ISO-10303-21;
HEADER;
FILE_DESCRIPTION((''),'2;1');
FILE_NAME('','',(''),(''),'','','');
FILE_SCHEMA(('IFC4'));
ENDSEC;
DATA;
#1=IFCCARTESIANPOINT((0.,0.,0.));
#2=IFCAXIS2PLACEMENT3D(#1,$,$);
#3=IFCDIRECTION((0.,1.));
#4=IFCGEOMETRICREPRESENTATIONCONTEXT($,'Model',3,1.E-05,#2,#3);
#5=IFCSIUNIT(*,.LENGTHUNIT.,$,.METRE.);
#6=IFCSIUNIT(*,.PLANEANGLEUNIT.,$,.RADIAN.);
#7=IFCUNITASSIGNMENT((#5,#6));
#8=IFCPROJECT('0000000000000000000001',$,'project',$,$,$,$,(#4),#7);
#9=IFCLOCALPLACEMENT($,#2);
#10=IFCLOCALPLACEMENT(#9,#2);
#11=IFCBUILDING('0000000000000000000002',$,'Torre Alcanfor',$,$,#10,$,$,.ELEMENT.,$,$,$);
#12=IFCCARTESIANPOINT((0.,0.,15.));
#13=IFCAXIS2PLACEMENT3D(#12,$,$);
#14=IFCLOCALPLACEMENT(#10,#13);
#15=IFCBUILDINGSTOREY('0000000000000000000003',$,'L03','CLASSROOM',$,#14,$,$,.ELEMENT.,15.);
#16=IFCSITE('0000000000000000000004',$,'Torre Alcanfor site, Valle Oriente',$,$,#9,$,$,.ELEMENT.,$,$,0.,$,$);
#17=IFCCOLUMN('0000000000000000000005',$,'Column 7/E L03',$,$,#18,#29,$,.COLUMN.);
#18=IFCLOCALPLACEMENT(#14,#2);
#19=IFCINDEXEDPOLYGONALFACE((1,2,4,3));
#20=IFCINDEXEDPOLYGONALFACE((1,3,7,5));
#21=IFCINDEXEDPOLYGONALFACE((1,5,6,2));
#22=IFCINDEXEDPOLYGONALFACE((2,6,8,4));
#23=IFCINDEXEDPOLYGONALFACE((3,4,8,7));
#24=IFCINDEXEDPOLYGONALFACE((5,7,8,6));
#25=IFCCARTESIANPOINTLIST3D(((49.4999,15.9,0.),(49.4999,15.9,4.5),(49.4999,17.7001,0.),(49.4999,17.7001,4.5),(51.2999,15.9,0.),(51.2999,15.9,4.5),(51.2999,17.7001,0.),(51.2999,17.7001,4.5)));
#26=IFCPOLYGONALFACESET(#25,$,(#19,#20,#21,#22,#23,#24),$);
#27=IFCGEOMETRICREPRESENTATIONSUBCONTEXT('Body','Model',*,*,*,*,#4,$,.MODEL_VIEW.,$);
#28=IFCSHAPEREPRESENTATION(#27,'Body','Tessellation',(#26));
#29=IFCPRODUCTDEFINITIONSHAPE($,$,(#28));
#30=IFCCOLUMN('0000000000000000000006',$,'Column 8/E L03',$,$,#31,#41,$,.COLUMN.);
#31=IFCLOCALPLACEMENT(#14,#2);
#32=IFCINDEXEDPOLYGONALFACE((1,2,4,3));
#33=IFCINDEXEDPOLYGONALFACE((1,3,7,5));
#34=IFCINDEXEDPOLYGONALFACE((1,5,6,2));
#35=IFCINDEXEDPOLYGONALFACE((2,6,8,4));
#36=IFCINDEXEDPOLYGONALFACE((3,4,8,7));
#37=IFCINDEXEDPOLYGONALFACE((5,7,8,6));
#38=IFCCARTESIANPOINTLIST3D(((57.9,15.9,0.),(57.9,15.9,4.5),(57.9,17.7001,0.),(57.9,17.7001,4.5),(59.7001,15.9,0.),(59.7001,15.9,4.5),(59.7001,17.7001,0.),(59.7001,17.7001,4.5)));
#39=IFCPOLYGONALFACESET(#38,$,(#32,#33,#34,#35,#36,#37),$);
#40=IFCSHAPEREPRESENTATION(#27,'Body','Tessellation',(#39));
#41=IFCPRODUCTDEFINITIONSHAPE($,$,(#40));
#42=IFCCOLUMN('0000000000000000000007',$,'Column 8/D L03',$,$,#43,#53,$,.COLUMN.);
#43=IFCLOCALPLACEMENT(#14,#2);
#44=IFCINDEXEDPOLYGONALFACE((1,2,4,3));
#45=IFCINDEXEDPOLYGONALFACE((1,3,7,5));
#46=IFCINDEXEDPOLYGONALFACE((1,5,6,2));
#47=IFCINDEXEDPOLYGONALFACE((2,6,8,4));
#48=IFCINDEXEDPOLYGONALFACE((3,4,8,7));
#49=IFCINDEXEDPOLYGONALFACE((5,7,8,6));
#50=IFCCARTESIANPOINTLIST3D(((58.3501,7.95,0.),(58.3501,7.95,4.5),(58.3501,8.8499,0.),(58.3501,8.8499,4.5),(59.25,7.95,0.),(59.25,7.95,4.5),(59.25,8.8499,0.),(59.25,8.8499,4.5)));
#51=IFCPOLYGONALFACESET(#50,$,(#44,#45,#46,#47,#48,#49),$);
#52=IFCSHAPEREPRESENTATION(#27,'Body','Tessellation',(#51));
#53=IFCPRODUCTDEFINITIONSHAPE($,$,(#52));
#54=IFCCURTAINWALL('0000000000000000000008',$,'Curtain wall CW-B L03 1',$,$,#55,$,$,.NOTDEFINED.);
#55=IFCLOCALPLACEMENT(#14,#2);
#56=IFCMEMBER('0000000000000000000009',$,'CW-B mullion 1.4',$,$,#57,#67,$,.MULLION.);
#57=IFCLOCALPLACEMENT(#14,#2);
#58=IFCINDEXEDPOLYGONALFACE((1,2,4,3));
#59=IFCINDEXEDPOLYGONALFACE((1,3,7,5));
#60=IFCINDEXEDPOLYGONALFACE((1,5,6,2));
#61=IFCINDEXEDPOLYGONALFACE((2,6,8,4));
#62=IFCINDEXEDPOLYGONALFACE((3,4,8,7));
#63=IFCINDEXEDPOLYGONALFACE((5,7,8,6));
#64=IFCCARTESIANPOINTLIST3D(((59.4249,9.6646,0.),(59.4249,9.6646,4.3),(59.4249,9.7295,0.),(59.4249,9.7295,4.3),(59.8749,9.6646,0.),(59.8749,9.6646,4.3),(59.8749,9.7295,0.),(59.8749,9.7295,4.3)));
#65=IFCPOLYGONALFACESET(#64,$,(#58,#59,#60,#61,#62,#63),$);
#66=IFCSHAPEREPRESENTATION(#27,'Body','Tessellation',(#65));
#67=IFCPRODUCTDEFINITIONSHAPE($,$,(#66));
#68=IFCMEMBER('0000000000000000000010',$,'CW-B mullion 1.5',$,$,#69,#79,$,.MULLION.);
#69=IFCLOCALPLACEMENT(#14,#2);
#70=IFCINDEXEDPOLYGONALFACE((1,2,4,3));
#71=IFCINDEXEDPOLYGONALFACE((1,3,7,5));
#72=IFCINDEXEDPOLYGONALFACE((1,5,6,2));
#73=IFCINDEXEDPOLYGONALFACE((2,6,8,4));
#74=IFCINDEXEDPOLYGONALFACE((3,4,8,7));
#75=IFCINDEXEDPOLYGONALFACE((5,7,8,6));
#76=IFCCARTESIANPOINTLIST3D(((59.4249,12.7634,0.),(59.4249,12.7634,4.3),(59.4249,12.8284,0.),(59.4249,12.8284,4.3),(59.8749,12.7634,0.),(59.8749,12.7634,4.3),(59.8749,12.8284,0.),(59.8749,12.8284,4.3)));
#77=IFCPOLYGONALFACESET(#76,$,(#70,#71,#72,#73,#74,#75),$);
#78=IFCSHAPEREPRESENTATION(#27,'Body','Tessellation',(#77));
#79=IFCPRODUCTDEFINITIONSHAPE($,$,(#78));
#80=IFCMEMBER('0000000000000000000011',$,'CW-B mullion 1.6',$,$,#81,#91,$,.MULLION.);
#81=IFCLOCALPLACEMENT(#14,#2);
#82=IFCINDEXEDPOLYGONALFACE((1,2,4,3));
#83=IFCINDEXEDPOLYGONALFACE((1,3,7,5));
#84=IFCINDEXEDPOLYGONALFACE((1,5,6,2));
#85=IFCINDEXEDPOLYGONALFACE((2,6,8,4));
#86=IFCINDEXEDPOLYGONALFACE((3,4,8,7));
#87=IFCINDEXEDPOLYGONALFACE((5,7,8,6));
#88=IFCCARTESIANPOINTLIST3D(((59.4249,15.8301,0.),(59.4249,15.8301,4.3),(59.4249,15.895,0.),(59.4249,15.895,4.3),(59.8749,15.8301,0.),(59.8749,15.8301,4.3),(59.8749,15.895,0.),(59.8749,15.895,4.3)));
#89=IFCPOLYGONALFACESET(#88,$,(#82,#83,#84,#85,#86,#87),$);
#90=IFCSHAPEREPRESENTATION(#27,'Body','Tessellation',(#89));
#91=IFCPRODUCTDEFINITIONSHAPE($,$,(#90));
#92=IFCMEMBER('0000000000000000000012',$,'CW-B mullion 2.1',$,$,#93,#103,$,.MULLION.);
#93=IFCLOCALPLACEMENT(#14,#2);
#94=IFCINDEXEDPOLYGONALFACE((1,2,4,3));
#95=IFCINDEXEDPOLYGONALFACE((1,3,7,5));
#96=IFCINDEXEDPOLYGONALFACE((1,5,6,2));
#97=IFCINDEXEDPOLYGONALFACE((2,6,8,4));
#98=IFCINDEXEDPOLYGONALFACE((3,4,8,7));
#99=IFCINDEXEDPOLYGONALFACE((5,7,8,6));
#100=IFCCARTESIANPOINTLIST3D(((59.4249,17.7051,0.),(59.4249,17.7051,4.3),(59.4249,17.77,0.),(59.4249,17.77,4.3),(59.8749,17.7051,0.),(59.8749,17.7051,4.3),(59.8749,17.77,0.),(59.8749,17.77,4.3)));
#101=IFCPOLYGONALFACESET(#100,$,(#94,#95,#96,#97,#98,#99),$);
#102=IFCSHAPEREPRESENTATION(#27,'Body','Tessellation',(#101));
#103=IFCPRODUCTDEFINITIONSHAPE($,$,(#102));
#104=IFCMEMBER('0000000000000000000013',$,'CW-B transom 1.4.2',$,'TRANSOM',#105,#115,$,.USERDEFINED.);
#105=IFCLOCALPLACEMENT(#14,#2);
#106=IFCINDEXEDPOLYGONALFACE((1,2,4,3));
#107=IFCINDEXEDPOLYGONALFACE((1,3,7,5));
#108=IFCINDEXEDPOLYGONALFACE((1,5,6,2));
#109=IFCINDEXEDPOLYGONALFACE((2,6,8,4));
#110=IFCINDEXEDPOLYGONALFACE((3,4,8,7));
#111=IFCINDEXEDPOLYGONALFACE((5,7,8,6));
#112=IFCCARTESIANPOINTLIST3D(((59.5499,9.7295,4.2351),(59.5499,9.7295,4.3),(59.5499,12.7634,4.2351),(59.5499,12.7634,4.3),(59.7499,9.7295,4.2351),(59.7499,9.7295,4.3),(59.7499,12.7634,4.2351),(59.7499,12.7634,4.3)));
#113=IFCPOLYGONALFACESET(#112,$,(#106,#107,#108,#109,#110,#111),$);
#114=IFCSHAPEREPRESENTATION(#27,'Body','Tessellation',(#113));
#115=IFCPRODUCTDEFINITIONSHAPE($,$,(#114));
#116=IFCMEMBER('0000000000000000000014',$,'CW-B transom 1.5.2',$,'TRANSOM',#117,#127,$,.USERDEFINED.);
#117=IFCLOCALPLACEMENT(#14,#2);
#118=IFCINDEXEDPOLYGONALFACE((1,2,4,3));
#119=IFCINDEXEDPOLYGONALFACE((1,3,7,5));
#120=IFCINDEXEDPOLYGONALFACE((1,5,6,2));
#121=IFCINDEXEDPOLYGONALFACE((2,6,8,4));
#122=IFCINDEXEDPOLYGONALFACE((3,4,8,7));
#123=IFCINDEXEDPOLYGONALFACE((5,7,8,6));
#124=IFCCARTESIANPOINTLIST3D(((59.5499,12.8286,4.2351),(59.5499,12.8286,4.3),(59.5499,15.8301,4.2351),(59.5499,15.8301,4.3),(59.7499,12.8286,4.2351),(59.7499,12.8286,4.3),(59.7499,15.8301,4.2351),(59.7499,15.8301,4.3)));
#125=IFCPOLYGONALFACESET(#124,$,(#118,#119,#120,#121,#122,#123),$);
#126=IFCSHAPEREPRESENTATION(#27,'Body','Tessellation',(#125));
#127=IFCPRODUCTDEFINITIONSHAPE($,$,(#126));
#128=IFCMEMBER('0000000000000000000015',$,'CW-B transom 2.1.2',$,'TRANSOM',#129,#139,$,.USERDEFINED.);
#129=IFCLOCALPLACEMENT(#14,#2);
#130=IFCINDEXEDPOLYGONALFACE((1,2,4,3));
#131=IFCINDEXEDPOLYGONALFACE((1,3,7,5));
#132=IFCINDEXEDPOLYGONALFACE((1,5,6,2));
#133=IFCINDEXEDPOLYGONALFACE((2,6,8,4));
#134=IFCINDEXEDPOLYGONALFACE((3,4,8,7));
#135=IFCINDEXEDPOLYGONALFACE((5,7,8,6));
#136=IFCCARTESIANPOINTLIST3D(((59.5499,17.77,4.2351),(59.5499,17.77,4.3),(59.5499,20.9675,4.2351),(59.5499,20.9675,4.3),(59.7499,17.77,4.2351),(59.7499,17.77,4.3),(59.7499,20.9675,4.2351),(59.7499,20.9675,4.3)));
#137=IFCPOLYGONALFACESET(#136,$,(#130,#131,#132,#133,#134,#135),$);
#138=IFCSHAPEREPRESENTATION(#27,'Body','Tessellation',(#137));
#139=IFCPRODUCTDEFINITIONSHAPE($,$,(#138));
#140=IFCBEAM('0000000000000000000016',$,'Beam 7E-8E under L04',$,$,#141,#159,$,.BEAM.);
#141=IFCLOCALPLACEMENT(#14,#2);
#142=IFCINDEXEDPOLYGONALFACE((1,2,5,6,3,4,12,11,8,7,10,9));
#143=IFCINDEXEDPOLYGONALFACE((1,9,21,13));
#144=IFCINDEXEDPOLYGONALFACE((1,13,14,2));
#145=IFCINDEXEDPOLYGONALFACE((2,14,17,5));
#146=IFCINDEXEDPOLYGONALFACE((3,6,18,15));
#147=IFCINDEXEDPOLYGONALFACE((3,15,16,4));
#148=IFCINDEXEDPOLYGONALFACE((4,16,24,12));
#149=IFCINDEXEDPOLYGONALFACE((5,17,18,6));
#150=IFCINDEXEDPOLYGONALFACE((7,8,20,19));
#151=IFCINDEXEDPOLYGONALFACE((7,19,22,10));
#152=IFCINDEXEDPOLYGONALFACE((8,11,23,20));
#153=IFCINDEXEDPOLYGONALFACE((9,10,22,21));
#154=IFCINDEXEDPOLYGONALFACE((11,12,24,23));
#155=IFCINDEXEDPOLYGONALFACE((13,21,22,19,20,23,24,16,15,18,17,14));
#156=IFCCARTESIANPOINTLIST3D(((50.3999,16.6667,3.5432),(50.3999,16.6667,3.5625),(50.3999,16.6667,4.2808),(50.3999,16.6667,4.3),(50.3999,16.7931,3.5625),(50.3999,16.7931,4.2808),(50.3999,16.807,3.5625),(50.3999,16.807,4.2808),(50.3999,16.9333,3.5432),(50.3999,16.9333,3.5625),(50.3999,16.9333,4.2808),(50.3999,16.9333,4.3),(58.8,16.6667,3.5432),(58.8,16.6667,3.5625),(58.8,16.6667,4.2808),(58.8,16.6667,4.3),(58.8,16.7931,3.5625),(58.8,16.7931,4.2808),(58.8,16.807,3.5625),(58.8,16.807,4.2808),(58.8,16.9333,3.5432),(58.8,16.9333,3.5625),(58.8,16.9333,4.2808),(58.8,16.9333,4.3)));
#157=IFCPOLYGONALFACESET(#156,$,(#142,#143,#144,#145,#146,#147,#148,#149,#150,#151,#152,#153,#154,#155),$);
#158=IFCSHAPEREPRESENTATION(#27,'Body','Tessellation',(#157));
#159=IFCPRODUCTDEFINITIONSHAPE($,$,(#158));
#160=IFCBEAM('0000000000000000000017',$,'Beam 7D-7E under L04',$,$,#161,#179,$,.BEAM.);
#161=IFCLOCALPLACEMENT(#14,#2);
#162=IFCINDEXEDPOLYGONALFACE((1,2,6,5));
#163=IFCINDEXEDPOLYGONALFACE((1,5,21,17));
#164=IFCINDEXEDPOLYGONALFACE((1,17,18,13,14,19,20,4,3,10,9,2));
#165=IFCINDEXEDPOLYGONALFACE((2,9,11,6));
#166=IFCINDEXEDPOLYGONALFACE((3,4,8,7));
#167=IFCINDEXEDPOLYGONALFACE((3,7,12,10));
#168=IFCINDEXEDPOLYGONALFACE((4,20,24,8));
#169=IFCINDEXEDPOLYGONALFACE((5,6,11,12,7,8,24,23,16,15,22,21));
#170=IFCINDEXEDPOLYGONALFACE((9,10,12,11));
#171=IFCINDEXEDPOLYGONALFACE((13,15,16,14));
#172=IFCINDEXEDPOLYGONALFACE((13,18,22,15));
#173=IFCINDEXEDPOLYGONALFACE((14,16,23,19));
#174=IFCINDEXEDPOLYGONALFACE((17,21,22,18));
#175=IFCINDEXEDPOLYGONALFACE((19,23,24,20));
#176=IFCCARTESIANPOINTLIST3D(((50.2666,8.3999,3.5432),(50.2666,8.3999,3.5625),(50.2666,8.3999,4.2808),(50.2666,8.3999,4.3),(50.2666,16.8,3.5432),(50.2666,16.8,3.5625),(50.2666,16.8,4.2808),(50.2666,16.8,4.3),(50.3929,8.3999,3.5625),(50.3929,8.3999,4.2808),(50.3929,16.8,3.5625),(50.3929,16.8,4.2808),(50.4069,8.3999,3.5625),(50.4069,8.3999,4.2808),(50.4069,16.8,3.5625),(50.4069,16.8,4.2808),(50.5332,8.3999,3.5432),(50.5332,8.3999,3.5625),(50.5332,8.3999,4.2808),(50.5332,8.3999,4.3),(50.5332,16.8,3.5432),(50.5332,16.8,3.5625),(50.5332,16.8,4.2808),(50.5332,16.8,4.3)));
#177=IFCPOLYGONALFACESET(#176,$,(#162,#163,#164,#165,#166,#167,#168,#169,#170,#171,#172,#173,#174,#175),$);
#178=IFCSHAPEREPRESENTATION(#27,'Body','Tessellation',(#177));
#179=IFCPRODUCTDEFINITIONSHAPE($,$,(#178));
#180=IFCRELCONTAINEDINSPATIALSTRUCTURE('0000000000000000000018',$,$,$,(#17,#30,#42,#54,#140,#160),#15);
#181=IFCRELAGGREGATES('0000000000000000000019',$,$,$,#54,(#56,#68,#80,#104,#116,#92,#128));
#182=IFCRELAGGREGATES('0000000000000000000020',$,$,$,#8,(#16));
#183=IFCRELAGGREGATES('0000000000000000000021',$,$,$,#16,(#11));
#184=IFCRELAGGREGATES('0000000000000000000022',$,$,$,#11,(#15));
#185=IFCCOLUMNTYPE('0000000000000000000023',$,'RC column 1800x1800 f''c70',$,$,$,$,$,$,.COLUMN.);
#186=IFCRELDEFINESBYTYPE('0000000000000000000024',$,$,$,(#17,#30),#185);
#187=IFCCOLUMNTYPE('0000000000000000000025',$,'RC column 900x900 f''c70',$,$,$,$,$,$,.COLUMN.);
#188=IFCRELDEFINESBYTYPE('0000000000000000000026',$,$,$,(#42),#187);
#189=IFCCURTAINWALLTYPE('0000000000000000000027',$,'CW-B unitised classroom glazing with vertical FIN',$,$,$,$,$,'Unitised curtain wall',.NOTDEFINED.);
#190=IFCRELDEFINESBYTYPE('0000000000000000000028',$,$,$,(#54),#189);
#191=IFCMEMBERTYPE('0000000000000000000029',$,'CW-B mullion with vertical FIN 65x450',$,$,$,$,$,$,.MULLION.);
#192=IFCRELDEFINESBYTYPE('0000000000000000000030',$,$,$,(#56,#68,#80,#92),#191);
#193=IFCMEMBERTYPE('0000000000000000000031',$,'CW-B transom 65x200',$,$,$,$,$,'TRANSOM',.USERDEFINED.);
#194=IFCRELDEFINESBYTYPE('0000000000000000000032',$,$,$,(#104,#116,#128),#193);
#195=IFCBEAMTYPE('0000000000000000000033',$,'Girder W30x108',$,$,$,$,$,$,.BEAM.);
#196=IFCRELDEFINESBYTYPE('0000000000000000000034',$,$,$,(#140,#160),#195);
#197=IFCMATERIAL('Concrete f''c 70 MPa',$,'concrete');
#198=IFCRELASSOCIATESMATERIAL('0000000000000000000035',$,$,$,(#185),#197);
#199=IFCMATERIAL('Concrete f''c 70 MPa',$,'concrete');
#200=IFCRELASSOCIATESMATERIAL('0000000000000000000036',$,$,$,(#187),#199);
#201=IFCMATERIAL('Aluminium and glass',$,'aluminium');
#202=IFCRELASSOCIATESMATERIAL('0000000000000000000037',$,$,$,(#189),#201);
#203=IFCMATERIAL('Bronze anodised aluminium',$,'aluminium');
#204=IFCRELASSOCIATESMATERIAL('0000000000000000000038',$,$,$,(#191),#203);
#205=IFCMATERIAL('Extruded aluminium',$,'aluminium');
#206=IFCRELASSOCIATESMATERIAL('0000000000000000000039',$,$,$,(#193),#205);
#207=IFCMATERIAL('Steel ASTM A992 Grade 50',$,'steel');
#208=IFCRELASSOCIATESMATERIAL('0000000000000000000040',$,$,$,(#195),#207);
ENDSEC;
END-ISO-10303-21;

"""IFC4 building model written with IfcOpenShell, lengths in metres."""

from ifc_helpers import new_model, si_unit, direction, frame, origin, origin_2d, place, context, subcontext, project, spatial, rectangle, i_section, extrude, material, material_profile, profile_set, type_object, element, aggregate, save


model = new_model("IFC4")

# Units and contexts
model_context = context("Model", 3, precision=1e-05, world=origin(), true_north=direction((0.0, 1.0)))
body_context = subcontext(model_context, "Body", "Model", "MODEL_VIEW")
ifc_project = project(units=[si_unit("LENGTHUNIT", "METRE"), si_unit("PLANEANGLEUNIT", "RADIAN")], contexts=[model_context])

# Site, building, storey
site_placement = place(None, origin())
site = spatial("IfcSite", under=ifc_project, at=site_placement, Name="Torre Alcanfor site, Valle Oriente", CompositionType="ELEMENT", RefElevation=0.0)
building_placement = place(site_placement, origin())
building = spatial("IfcBuilding", under=site, at=building_placement, Name="Torre Alcanfor", CompositionType="ELEMENT")
storey_placement = place(building_placement, frame((0.0, 0.0, 15.0)))
storey = spatial("IfcBuildingStorey", under=building, at=storey_placement, Name="L03", Description="CLASSROOM", CompositionType="ELEMENT", Elevation=15.0)

# Columns
ifc_material_1 = material(Name="Concrete f'c 70 MPa", Category="concrete")
ifc_material_profile_1 = material_profile(ifc_material_1, rectangle(XDim=1.8, YDim=1.8, at=origin_2d()), Name="1800x1800")
ifc_profile_set_1 = profile_set([ifc_material_profile_1], Name="Concrete f'c 70 MPa")
column_type_1 = type_object("IfcColumnType", Name="RC column 1800x1800 f'c70", PredefinedType="COLUMN", material=ifc_profile_set_1)
for number, where, z_axis, x_axis, name in (
    (1, (50.3999, 16.8, 0.0), (0.0, 0.0, 1.0), (1.0, 0.0, 0.0), "Column 7/E L03"),
    (2, (58.8, 16.8, 0.0), (0.0, 0.0, 1.0), (1.0, 0.0, 0.0), "Column 8/E L03"),
):
    element("IfcColumn", number, at=place(storey_placement, frame(where, z_axis=z_axis, x_axis=x_axis)), inside=storey, type_object=column_type_1, Name=name, PredefinedType="COLUMN", context=body_context, shape_type="SweptSolid", body=[
        extrude(rectangle(XDim=1.8, YDim=1.8, at=origin_2d()), origin(), (0.0, 0.0, 1.0), 4.5),
    ])
ifc_material_2 = material(Name="Concrete f'c 70 MPa", Category="concrete")
ifc_material_profile_2 = material_profile(ifc_material_2, rectangle(XDim=0.8999, YDim=0.8999, at=origin_2d()), Name="900x900")
ifc_profile_set_2 = profile_set([ifc_material_profile_2], Name="Concrete f'c 70 MPa")
column_type_2 = type_object("IfcColumnType", Name="RC column 900x900 f'c70", PredefinedType="COLUMN", material=ifc_profile_set_2)
column_placement = place(storey_placement, frame((58.8, 8.3999, 0.0), z_axis=(0.0, 0.0, 1.0), x_axis=(1.0, 0.0, 0.0)))
element("IfcColumn", 3, at=column_placement, inside=storey, type_object=column_type_2, Name="Column 8/D L03", PredefinedType="COLUMN", context=body_context, shape_type="SweptSolid", body=[
    extrude(rectangle(XDim=0.8999, YDim=0.8999, at=origin_2d()), origin(), (0.0, 0.0, 1.0), 4.5),
])

# Curtain wall, members
ifc_material_3 = material(Name="Aluminium and glass", Category="aluminium")
curtain_wall_type = type_object("IfcCurtainWallType", Name="CW-B unitised classroom glazing with vertical FIN", ElementType="Unitised curtain wall", PredefinedType="NOTDEFINED", material=ifc_material_3)
curtain_wall_placement = place(storey_placement, origin())
curtain_wall = element("IfcCurtainWall", 4, at=curtain_wall_placement, inside=storey, type_object=curtain_wall_type, Name="Curtain wall CW-B L03 1", PredefinedType="NOTDEFINED")
ifc_material_4 = material(Name="Bronze anodised aluminium", Category="aluminium")
ifc_material_profile_3 = material_profile(ifc_material_4, rectangle(XDim=0.45, YDim=0.0649, at=origin_2d()), Name="CW-B mullion 65x450")
ifc_profile_set_3 = profile_set([ifc_material_profile_3], Name="Bronze anodised aluminium")
member_type_1 = type_object("IfcMemberType", Name="CW-B mullion with vertical FIN 65x450", PredefinedType="MULLION", material=ifc_profile_set_3)
member_1_placement = place(storey_placement, frame((59.6499, 9.697, 0.0), z_axis=(0.0, 0.0, 1.0), x_axis=(-1.0, 0.0, 0.0)))
member_1 = element("IfcMember", 5, at=member_1_placement, type_object=member_type_1, Name="CW-B mullion 1.4", PredefinedType="MULLION", context=body_context, shape_type="SweptSolid", body=[
    extrude(rectangle(XDim=0.45, YDim=0.0649, at=origin_2d()), origin(), (0.0, 0.0, 1.0), 4.3),
])
member_2_placement = place(storey_placement, frame((59.6499, 12.7959, 0.0), z_axis=(0.0, 0.0, 1.0), x_axis=(-1.0, 0.0, 0.0)))
member_2 = element("IfcMember", 6, at=member_2_placement, type_object=member_type_1, Name="CW-B mullion 1.5", PredefinedType="MULLION", context=body_context, shape_type="SweptSolid", body=[
    extrude(rectangle(XDim=0.45, YDim=0.0649, at=origin_2d()), origin(), (0.0, 0.0, 1.0), 4.3),
])
member_3_placement = place(storey_placement, frame((59.6499, 15.8625, 0.0), z_axis=(0.0, 0.0, 1.0), x_axis=(-1.0, 0.0, 0.0)))
member_3 = element("IfcMember", 7, at=member_3_placement, type_object=member_type_1, Name="CW-B mullion 1.6", PredefinedType="MULLION", context=body_context, shape_type="SweptSolid", body=[
    extrude(rectangle(XDim=0.45, YDim=0.0649, at=origin_2d()), origin(), (0.0, 0.0, 1.0), 4.3),
])
member_4_placement = place(storey_placement, frame((59.6499, 17.7375, 0.0), z_axis=(0.0, 0.0, 1.0), x_axis=(-1.0, 0.0, 0.0)))
member_4 = element("IfcMember", 8, at=member_4_placement, type_object=member_type_1, Name="CW-B mullion 2.1", PredefinedType="MULLION", context=body_context, shape_type="SweptSolid", body=[
    extrude(rectangle(XDim=0.45, YDim=0.0649, at=origin_2d()), origin(), (0.0, 0.0, 1.0), 4.3),
])
ifc_material_5 = material(Name="Extruded aluminium", Category="aluminium")
ifc_material_profile_4 = material_profile(ifc_material_5, rectangle(XDim=0.2, YDim=0.0649, at=origin_2d()), Name="CW-B transom 200x65")
ifc_profile_set_4 = profile_set([ifc_material_profile_4], Name="Extruded aluminium")
member_type_2 = type_object("IfcMemberType", Name="CW-B transom 65x200", ElementType="TRANSOM", PredefinedType="USERDEFINED", material=ifc_profile_set_4)
member_5_placement = place(storey_placement, frame((59.6499, 9.7295, 4.2676), z_axis=(0.0, 1.0, 0.0), x_axis=(-1.0, 0.0, 0.0)))
member_5 = element("IfcMember", 9, at=member_5_placement, type_object=member_type_2, Name="CW-B transom 1.4.2", ObjectType="TRANSOM", PredefinedType="USERDEFINED", context=body_context, shape_type="SweptSolid", body=[
    extrude(rectangle(XDim=0.2, YDim=0.0649, at=origin_2d()), origin(), (0.0, 0.0, 1.0), 3.0339),
])
member_6_placement = place(storey_placement, frame((59.6499, 12.8286, 4.2676), z_axis=(0.0, 1.0, 0.0), x_axis=(-1.0, 0.0, 0.0)))
member_6 = element("IfcMember", 10, at=member_6_placement, type_object=member_type_2, Name="CW-B transom 1.5.2", ObjectType="TRANSOM", PredefinedType="USERDEFINED", context=body_context, shape_type="SweptSolid", body=[
    extrude(rectangle(XDim=0.2, YDim=0.0649, at=origin_2d()), origin(), (0.0, 0.0, 1.0), 3.0015),
])
member_7_placement = place(storey_placement, frame((59.6499, 17.77, 4.2676), z_axis=(0.0, 1.0, 0.0), x_axis=(-1.0, 0.0, 0.0)))
member_7 = element("IfcMember", 11, at=member_7_placement, type_object=member_type_2, Name="CW-B transom 2.1.2", ObjectType="TRANSOM", PredefinedType="USERDEFINED", context=body_context, shape_type="SweptSolid", body=[
    extrude(rectangle(XDim=0.2, YDim=0.0649, at=origin_2d()), origin(), (0.0, 0.0, 1.0), 3.1975),
])

# Beams
ifc_material_6 = material(Name="Steel ASTM A992 Grade 50", Category="steel")
ifc_material_profile_5 = material_profile(ifc_material_6, i_section(OverallWidth=0.2666, OverallDepth=0.7568, WebThickness=0.0139, FlangeThickness=0.0193, at=origin_2d()), Name="W30x108")
ifc_profile_set_5 = profile_set([ifc_material_profile_5], Name="Steel ASTM A992 Grade 50")
beam_type_1 = type_object("IfcBeamType", Name="Girder W30x108", PredefinedType="BEAM", material=ifc_profile_set_5)
for number, where, z_axis, x_axis, name in (
    (12, (50.3999, 16.8, 3.9216), (1.0, 0.0, 0.0), (0.0, 1.0, 0.0), "Beam 7E-8E under L04"),
    (13, (50.3999, 8.3999, 3.9216), (0.0, 1.0, 0.0), (-1.0, 0.0, 0.0), "Beam 7D-7E under L04"),
):
    element("IfcBeam", number, at=place(storey_placement, frame(where, z_axis=z_axis, x_axis=x_axis)), inside=storey, type_object=beam_type_1, Name=name, PredefinedType="BEAM", context=body_context, shape_type="SweptSolid", body=[
        extrude(i_section(OverallWidth=0.2666, OverallDepth=0.7568, WebThickness=0.0139, FlangeThickness=0.0193, at=origin_2d()), origin(), (0.0, 0.0, 1.0), 8.4001),
    ])

aggregate(curtain_wall, [member_1, member_2, member_3, member_5, member_6, member_4, member_7])

save(model, "model.ifc")
